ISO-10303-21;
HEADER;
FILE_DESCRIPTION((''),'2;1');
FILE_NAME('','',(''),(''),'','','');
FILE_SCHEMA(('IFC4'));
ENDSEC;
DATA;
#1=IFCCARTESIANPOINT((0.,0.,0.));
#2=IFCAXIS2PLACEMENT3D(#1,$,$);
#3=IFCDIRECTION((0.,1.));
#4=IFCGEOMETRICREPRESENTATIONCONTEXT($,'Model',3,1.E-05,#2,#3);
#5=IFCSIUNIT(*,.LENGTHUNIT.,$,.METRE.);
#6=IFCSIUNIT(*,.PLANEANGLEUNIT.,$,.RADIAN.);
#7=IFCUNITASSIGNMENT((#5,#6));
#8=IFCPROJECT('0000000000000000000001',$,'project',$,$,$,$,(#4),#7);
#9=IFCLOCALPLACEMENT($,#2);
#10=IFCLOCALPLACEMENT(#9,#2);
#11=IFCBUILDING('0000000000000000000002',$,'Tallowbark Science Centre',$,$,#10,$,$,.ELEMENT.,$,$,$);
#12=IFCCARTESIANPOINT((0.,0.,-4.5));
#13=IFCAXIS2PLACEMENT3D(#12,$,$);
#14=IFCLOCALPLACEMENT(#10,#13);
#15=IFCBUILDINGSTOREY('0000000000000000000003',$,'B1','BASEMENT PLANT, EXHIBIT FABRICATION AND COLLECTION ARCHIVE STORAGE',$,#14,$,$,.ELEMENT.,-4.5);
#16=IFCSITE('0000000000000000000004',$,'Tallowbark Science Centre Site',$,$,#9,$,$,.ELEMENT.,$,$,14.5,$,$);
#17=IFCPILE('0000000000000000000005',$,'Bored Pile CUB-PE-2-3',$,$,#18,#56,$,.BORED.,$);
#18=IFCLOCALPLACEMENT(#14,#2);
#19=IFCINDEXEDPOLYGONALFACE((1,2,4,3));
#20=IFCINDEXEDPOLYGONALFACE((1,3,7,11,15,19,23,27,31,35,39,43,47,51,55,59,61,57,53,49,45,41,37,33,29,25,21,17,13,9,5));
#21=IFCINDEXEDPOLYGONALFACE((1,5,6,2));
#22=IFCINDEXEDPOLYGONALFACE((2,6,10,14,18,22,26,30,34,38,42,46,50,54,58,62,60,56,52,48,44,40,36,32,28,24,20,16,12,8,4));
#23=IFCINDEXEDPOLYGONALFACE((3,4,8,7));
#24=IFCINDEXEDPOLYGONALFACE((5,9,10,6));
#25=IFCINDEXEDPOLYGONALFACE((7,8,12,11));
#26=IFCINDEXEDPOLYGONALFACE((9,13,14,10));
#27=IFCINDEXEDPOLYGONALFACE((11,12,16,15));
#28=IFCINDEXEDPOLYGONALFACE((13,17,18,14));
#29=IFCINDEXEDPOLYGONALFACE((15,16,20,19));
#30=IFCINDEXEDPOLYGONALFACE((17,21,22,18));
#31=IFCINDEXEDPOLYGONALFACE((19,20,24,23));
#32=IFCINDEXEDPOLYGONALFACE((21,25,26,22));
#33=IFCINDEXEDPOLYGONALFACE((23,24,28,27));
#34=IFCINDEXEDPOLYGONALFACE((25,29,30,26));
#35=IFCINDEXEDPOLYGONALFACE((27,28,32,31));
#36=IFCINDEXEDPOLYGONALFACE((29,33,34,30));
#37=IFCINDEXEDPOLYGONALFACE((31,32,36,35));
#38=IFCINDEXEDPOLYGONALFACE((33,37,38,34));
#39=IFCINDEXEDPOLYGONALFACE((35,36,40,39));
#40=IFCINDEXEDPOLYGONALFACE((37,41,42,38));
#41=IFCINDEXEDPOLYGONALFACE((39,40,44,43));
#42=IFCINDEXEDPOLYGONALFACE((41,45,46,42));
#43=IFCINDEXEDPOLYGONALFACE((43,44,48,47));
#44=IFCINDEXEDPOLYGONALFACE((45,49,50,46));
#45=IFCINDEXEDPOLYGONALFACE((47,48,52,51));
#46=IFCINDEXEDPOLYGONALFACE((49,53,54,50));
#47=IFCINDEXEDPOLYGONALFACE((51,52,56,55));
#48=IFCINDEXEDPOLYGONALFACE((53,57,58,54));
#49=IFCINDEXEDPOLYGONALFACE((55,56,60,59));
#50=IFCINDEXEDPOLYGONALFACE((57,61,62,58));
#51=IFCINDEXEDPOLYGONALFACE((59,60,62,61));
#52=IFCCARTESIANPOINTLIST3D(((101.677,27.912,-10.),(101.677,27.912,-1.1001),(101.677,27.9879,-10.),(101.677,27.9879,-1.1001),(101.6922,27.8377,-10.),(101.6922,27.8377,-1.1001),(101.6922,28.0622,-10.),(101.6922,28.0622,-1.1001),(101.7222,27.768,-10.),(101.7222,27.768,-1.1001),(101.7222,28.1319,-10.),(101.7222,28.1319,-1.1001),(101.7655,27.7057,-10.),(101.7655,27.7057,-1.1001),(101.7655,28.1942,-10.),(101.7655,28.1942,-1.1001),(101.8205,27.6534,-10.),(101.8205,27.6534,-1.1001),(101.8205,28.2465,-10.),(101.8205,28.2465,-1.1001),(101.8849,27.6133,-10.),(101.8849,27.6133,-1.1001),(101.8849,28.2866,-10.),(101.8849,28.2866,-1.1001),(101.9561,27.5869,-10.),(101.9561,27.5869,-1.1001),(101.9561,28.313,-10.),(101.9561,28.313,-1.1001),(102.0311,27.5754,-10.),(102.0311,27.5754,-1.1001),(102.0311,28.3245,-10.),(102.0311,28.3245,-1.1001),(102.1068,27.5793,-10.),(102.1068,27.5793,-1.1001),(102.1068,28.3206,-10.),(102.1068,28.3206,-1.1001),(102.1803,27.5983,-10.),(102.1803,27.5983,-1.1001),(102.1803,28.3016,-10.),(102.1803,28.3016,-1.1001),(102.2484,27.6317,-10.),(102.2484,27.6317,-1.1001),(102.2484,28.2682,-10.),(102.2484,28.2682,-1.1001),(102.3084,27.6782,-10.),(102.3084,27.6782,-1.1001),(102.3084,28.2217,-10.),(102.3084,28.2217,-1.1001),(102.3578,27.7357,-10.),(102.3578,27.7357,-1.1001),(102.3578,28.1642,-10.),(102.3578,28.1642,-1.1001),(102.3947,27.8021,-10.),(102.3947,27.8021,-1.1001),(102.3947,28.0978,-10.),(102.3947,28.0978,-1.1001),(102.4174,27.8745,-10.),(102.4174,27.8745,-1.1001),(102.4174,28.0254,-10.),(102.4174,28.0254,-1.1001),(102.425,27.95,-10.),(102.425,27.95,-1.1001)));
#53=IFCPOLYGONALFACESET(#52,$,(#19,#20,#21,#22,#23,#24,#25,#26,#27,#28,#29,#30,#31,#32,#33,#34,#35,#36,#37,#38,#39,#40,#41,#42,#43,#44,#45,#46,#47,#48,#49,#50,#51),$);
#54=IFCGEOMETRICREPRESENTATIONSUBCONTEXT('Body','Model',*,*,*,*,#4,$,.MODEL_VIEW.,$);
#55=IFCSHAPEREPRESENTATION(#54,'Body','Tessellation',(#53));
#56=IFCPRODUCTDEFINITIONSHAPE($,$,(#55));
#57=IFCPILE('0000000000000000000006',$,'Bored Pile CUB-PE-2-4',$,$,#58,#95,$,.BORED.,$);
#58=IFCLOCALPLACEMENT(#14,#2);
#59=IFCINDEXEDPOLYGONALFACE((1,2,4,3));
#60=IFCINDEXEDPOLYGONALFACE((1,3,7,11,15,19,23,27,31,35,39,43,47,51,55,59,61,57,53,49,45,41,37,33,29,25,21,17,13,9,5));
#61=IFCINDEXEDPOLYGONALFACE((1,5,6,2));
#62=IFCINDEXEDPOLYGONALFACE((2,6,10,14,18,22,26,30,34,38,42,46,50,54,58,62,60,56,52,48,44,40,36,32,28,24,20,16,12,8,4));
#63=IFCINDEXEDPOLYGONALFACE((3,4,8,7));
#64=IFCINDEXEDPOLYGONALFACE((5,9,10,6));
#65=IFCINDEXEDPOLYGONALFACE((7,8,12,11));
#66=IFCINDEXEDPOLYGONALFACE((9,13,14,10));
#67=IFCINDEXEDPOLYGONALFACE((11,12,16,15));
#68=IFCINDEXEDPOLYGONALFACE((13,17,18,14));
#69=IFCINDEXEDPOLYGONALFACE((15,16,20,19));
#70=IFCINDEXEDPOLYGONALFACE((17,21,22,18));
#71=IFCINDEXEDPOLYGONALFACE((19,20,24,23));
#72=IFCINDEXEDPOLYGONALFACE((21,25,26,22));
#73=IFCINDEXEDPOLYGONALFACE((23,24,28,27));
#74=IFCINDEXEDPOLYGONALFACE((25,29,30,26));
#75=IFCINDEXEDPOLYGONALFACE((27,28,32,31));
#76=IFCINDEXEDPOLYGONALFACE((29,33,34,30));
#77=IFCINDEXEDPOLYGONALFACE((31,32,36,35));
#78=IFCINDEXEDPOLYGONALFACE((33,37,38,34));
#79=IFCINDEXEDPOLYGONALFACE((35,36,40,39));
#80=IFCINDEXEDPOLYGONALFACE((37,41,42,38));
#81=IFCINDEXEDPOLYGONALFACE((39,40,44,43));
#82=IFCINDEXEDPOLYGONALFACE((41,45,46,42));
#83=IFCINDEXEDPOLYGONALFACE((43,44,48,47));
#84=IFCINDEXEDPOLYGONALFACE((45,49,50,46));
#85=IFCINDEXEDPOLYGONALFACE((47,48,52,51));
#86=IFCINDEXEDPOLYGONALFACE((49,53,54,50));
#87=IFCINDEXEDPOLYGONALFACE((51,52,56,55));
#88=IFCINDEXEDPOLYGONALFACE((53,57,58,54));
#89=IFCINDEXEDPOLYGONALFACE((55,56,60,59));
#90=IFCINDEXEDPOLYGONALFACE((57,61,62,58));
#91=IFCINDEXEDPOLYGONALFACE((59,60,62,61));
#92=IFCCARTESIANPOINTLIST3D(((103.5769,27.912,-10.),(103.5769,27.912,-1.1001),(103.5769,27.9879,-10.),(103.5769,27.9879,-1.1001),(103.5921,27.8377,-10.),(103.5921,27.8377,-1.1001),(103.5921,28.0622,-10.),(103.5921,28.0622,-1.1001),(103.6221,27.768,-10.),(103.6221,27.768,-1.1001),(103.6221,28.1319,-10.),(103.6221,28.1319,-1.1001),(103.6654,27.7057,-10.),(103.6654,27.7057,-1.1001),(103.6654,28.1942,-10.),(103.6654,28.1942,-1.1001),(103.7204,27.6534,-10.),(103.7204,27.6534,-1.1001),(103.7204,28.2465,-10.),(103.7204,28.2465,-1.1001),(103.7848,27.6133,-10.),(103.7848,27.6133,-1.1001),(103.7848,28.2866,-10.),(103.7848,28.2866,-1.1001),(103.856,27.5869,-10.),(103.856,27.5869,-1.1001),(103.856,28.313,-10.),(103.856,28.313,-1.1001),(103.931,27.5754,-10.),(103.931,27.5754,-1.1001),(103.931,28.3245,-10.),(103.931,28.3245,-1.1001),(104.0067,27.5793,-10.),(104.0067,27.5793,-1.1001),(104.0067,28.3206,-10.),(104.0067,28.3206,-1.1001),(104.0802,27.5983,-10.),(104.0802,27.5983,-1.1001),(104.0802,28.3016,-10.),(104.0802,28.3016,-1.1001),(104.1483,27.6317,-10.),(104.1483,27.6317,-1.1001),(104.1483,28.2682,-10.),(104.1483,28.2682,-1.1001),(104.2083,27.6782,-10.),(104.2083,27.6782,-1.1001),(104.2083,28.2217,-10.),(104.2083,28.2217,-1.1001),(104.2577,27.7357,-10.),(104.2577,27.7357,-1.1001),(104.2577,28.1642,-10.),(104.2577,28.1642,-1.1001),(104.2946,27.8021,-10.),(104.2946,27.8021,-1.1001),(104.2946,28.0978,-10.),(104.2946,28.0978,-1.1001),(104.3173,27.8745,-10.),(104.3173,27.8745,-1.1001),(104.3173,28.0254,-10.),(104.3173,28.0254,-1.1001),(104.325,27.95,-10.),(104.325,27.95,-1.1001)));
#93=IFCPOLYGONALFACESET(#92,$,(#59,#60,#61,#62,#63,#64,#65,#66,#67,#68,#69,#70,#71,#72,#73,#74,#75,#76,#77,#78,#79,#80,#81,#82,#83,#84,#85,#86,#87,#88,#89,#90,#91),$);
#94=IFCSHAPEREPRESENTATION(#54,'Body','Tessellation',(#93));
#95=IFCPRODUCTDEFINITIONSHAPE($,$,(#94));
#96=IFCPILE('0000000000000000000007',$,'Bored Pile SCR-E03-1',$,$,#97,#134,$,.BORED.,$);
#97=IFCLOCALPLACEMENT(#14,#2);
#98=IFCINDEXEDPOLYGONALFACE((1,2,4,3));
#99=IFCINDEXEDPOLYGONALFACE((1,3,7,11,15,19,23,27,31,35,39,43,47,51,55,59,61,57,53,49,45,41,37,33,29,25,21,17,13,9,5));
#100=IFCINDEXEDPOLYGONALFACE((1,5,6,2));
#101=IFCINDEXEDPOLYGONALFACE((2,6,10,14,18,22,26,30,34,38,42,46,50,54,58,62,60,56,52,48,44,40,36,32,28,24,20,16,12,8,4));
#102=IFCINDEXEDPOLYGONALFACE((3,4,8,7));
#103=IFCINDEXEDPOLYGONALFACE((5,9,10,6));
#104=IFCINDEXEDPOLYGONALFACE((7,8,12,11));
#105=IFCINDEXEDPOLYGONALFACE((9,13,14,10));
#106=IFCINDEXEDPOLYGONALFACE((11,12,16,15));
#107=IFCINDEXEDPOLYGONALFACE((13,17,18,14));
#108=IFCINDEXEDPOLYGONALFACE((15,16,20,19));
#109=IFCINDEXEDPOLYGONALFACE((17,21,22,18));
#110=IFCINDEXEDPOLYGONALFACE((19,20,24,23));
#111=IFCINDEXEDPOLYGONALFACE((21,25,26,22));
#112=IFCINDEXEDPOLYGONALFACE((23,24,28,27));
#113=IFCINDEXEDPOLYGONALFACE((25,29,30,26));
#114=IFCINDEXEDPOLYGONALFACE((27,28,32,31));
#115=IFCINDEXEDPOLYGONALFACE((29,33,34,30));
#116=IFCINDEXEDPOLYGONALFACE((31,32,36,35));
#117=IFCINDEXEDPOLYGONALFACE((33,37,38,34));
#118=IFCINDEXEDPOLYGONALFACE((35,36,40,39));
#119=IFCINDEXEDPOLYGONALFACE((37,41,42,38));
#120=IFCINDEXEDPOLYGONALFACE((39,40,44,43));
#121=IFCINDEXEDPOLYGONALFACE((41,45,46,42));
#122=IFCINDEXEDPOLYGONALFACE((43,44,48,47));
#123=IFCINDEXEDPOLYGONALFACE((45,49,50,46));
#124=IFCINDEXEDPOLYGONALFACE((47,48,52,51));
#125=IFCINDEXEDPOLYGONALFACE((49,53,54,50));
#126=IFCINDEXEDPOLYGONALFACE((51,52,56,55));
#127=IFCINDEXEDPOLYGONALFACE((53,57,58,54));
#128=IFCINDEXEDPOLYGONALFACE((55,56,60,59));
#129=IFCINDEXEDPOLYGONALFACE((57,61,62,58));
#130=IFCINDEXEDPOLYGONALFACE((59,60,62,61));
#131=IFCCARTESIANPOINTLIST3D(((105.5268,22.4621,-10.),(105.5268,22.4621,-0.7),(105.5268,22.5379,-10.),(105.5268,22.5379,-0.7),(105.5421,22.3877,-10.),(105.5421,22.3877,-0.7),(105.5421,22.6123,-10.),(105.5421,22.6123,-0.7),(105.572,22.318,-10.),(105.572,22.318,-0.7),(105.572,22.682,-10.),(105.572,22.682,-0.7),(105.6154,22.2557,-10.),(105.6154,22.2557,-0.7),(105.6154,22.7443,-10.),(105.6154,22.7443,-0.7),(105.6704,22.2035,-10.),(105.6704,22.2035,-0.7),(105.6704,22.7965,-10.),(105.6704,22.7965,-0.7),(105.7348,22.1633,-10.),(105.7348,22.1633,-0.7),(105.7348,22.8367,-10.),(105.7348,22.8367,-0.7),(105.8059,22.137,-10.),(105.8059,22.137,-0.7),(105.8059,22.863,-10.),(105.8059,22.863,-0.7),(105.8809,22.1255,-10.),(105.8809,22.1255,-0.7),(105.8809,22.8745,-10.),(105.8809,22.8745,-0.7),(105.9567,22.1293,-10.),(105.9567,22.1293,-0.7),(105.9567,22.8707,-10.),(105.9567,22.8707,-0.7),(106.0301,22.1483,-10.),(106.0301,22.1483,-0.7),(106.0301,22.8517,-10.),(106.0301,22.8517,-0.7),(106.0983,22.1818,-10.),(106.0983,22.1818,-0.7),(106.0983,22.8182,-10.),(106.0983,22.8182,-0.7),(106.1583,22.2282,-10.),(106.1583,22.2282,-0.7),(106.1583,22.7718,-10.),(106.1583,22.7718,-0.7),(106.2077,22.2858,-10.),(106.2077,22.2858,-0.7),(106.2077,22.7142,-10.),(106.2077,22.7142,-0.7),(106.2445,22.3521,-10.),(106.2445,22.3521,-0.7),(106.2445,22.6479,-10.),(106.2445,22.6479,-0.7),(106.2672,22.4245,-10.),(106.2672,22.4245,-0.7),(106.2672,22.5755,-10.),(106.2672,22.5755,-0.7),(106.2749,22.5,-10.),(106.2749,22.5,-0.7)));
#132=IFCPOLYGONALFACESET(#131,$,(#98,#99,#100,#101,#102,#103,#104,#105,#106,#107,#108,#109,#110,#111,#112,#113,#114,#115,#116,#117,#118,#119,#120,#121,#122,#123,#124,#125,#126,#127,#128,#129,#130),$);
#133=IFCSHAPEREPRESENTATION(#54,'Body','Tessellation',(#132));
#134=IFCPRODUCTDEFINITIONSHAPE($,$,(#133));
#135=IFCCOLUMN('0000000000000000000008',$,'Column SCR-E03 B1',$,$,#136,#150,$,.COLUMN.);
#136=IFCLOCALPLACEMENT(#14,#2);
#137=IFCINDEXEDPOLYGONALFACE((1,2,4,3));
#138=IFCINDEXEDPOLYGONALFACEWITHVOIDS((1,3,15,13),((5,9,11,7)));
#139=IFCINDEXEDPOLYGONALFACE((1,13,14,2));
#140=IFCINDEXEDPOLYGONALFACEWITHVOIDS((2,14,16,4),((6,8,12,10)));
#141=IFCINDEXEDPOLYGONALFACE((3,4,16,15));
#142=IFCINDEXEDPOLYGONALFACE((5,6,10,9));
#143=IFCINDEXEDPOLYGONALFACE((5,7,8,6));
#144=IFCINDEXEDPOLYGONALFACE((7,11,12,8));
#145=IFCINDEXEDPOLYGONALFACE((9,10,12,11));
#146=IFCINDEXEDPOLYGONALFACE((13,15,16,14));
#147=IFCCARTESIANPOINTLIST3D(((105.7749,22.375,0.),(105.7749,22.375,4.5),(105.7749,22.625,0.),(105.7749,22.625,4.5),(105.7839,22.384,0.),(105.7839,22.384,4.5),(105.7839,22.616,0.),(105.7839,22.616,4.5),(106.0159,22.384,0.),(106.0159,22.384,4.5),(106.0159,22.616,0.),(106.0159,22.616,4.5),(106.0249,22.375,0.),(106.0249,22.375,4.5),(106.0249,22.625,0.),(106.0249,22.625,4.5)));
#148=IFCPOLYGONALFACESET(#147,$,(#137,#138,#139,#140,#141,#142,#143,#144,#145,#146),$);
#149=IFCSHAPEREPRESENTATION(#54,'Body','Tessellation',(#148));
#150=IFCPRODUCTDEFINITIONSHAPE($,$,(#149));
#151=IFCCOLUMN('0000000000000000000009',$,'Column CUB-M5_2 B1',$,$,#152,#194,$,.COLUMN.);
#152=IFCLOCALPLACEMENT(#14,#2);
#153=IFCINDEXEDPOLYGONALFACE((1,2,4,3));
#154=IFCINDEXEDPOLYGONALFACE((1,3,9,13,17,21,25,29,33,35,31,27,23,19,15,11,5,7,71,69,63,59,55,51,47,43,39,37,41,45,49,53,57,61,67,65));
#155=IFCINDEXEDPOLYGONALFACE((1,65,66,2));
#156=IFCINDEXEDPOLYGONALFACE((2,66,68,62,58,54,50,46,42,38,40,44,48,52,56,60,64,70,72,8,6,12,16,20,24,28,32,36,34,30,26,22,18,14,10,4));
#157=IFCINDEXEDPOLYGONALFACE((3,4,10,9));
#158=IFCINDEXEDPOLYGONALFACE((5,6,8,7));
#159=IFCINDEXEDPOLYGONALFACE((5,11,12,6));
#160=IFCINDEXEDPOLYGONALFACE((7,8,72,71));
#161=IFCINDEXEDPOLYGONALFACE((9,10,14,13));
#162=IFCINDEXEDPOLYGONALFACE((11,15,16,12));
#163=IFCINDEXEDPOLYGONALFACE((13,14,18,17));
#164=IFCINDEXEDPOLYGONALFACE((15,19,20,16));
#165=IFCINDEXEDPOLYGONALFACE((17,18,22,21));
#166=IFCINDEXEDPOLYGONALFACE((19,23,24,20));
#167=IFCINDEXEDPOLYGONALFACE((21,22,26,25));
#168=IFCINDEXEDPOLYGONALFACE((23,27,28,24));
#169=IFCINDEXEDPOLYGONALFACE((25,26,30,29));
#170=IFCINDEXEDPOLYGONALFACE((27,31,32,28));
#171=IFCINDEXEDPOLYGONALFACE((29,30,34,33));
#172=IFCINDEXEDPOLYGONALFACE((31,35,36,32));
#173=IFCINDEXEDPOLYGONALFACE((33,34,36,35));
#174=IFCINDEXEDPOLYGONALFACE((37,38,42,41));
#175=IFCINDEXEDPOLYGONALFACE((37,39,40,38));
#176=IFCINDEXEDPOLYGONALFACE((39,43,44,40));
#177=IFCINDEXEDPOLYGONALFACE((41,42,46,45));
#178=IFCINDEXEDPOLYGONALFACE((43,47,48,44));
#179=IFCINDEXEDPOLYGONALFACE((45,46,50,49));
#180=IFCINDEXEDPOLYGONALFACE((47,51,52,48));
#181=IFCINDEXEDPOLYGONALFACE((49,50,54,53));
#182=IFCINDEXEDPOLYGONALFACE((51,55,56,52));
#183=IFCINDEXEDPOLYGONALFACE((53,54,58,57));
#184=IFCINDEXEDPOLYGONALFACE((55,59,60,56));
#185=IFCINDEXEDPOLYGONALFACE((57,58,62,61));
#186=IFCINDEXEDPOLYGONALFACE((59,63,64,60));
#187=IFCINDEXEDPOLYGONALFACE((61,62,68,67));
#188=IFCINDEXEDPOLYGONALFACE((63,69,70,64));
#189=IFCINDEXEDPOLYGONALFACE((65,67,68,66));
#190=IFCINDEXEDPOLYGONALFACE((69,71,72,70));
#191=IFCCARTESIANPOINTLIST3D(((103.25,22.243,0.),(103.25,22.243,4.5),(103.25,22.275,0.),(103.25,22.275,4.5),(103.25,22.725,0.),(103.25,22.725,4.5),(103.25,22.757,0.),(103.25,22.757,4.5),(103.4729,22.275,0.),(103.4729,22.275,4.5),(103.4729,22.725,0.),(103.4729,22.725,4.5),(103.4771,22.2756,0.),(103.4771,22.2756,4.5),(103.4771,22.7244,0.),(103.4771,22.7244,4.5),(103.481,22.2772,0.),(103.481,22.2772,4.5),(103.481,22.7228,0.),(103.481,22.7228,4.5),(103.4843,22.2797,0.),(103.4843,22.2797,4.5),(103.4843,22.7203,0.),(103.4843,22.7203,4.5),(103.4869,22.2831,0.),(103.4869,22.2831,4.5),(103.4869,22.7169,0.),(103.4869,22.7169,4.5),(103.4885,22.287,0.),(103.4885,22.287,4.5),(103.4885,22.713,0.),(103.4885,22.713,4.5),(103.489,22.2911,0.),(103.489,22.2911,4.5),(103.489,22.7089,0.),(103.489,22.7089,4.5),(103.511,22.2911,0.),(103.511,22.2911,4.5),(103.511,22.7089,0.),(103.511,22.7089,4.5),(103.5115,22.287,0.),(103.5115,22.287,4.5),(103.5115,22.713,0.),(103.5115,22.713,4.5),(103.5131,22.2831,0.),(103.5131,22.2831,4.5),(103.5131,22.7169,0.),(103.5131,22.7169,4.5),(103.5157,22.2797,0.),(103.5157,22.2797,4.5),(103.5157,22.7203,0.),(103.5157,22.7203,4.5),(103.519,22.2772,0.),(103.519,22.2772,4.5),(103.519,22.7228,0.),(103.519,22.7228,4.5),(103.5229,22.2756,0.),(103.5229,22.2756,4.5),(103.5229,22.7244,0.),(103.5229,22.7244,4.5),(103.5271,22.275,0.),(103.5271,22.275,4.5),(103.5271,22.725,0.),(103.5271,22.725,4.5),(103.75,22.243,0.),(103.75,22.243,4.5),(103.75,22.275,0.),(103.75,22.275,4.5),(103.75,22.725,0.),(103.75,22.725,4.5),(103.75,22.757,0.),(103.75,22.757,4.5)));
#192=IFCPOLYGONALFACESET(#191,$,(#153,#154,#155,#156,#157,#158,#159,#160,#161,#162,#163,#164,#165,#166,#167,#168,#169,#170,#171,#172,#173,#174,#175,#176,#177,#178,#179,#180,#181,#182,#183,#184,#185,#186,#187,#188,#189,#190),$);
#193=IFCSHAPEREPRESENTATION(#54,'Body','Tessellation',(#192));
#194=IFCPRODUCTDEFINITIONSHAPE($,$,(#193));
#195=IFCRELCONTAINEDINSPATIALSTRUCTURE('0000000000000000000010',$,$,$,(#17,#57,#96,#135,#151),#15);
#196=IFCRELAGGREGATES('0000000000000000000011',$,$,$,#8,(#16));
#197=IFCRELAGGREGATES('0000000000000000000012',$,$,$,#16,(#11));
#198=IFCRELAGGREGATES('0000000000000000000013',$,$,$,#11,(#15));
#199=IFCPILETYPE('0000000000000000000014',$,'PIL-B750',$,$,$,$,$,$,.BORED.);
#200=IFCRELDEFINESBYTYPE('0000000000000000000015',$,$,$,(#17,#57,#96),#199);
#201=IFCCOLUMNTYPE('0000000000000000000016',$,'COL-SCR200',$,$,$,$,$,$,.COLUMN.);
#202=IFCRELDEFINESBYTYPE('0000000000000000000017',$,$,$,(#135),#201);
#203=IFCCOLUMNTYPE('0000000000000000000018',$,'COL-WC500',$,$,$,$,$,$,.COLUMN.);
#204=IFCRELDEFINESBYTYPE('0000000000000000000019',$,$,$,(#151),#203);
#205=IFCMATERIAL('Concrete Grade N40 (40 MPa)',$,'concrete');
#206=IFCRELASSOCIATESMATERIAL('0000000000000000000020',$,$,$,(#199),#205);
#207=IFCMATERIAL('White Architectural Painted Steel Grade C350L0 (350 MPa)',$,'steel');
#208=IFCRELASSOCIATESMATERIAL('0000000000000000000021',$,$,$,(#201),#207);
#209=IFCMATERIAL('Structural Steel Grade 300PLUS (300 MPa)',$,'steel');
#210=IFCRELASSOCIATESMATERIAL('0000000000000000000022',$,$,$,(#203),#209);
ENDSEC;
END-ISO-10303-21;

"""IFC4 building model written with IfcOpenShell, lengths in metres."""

from ifc_helpers import new_model, si_unit, direction, frame, origin, origin_2d, place, context, subcontext, project, spatial, hollow_rectangle, circle, i_section, extrude, material, material_profile, profile_set, type_object, element, save


model = new_model("IFC4")

# Units and contexts
model_context = context("Model", 3, precision=1e-05, world=origin(), true_north=direction((0.0, 1.0)))
body_context = subcontext(model_context, "Body", "Model", "MODEL_VIEW")
ifc_project = project(units=[si_unit("LENGTHUNIT", "METRE"), si_unit("PLANEANGLEUNIT", "RADIAN")], contexts=[model_context])

# Site, building, storey
site_placement = place(None, origin())
site = spatial("IfcSite", under=ifc_project, at=site_placement, Name="Tallowbark Science Centre Site", CompositionType="ELEMENT", RefElevation=14.5)
building_placement = place(site_placement, origin())
building = spatial("IfcBuilding", under=site, at=building_placement, Name="Tallowbark Science Centre", CompositionType="ELEMENT")
storey_placement = place(building_placement, frame((0.0, 0.0, -4.5)))
storey = spatial("IfcBuildingStorey", under=building, at=storey_placement, Name="B1", Description="BASEMENT PLANT, EXHIBIT FABRICATION AND COLLECTION ARCHIVE STORAGE", CompositionType="ELEMENT", Elevation=-4.5)

# Shared definitions
ifc_material_1 = material(Name="Concrete Grade N40 (40 MPa)", Category="concrete")

# Piles
ifc_material_profile_1 = material_profile(ifc_material_1, circle(Radius=0.375, at=origin_2d()), Name="PILE750")
ifc_profile_set_1 = profile_set([ifc_material_profile_1], Name="Concrete Grade N40 (40 MPa)")
pile_type = type_object("IfcPileType", Name="PIL-B750", PredefinedType="BORED", material=ifc_profile_set_1)
for number, where, z_axis, x_axis, name in (
    (1, (102.05, 27.95, -1.1001), (0.0, 0.0, -1.0), (1.0, 0.0, 0.0), "Bored Pile CUB-PE-2-3"),
    (2, (103.95, 27.95, -1.1001), (0.0, 0.0, -1.0), (1.0, 0.0, 0.0), "Bored Pile CUB-PE-2-4"),
):
    element("IfcPile", number, at=place(storey_placement, frame(where, z_axis=z_axis, x_axis=x_axis)), inside=storey, type_object=pile_type, Name=name, PredefinedType="BORED", context=body_context, shape_type="SweptSolid", body=[
        extrude(circle(Radius=0.375, at=origin_2d()), origin(), (0.0, 0.0, 1.0), 8.8999),
    ])
pile_placement = place(storey_placement, frame((105.8999, 22.5, -0.7), z_axis=(0.0, 0.0, -1.0), x_axis=(1.0, 0.0, 0.0)))
element("IfcPile", 3, at=pile_placement, inside=storey, type_object=pile_type, Name="Bored Pile SCR-E03-1", PredefinedType="BORED", context=body_context, shape_type="SweptSolid", body=[
    extrude(circle(Radius=0.375, at=origin_2d()), origin(), (0.0, 0.0, 1.0), 9.3),
])

# Columns
ifc_material_2 = material(Name="White Architectural Painted Steel Grade C350L0 (350 MPa)", Category="steel")
ifc_material_profile_2 = material_profile(ifc_material_2, hollow_rectangle(XDim=0.25, YDim=0.25, WallThickness=0.009, at=origin_2d()), Name="250x250x9.0SHS")
ifc_profile_set_2 = profile_set([ifc_material_profile_2], Name="White Architectural Painted Steel Grade C350L0 (350 MPa)")
column_type_1 = type_object("IfcColumnType", Name="COL-SCR200", PredefinedType="COLUMN", material=ifc_profile_set_2)
column_1_placement = place(storey_placement, frame((105.8999, 22.5, 0.0), z_axis=(0.0, 0.0, 1.0), x_axis=(1.0, 0.0, 0.0)))
element("IfcColumn", 4, at=column_1_placement, inside=storey, type_object=column_type_1, Name="Column SCR-E03 B1", PredefinedType="COLUMN", context=body_context, shape_type="SweptSolid", body=[
    extrude(hollow_rectangle(XDim=0.25, YDim=0.25, WallThickness=0.009, at=origin_2d()), origin(), (0.0, 0.0, 1.0), 4.5),
])
ifc_material_3 = material(Name="Structural Steel Grade 300PLUS (300 MPa)", Category="steel")
ifc_material_profile_3 = material_profile(ifc_material_3, i_section(OverallWidth=0.5, OverallDepth=0.5139, WebThickness=0.022, FlangeThickness=0.032, FilletRadius=0.0161, at=origin_2d()), Name="500WC340")
ifc_profile_set_3 = profile_set([ifc_material_profile_3], Name="Structural Steel Grade 300PLUS (300 MPa)")
column_type_2 = type_object("IfcColumnType", Name="COL-WC500", PredefinedType="COLUMN", material=ifc_profile_set_3)
column_2_placement = place(storey_placement, frame((103.5, 22.5, 0.0), z_axis=(0.0, 0.0, 1.0), x_axis=(1.0, 0.0, 0.0)))
element("IfcColumn", 5, at=column_2_placement, inside=storey, type_object=column_type_2, Name="Column CUB-M5_2 B1", PredefinedType="COLUMN", context=body_context, shape_type="SweptSolid", body=[
    extrude(i_section(OverallWidth=0.5, OverallDepth=0.5139, WebThickness=0.022, FlangeThickness=0.032, FilletRadius=0.0161, at=origin_2d()), origin(), (0.0, 0.0, 1.0), 4.5),
])

save(model, "model.ifc")
